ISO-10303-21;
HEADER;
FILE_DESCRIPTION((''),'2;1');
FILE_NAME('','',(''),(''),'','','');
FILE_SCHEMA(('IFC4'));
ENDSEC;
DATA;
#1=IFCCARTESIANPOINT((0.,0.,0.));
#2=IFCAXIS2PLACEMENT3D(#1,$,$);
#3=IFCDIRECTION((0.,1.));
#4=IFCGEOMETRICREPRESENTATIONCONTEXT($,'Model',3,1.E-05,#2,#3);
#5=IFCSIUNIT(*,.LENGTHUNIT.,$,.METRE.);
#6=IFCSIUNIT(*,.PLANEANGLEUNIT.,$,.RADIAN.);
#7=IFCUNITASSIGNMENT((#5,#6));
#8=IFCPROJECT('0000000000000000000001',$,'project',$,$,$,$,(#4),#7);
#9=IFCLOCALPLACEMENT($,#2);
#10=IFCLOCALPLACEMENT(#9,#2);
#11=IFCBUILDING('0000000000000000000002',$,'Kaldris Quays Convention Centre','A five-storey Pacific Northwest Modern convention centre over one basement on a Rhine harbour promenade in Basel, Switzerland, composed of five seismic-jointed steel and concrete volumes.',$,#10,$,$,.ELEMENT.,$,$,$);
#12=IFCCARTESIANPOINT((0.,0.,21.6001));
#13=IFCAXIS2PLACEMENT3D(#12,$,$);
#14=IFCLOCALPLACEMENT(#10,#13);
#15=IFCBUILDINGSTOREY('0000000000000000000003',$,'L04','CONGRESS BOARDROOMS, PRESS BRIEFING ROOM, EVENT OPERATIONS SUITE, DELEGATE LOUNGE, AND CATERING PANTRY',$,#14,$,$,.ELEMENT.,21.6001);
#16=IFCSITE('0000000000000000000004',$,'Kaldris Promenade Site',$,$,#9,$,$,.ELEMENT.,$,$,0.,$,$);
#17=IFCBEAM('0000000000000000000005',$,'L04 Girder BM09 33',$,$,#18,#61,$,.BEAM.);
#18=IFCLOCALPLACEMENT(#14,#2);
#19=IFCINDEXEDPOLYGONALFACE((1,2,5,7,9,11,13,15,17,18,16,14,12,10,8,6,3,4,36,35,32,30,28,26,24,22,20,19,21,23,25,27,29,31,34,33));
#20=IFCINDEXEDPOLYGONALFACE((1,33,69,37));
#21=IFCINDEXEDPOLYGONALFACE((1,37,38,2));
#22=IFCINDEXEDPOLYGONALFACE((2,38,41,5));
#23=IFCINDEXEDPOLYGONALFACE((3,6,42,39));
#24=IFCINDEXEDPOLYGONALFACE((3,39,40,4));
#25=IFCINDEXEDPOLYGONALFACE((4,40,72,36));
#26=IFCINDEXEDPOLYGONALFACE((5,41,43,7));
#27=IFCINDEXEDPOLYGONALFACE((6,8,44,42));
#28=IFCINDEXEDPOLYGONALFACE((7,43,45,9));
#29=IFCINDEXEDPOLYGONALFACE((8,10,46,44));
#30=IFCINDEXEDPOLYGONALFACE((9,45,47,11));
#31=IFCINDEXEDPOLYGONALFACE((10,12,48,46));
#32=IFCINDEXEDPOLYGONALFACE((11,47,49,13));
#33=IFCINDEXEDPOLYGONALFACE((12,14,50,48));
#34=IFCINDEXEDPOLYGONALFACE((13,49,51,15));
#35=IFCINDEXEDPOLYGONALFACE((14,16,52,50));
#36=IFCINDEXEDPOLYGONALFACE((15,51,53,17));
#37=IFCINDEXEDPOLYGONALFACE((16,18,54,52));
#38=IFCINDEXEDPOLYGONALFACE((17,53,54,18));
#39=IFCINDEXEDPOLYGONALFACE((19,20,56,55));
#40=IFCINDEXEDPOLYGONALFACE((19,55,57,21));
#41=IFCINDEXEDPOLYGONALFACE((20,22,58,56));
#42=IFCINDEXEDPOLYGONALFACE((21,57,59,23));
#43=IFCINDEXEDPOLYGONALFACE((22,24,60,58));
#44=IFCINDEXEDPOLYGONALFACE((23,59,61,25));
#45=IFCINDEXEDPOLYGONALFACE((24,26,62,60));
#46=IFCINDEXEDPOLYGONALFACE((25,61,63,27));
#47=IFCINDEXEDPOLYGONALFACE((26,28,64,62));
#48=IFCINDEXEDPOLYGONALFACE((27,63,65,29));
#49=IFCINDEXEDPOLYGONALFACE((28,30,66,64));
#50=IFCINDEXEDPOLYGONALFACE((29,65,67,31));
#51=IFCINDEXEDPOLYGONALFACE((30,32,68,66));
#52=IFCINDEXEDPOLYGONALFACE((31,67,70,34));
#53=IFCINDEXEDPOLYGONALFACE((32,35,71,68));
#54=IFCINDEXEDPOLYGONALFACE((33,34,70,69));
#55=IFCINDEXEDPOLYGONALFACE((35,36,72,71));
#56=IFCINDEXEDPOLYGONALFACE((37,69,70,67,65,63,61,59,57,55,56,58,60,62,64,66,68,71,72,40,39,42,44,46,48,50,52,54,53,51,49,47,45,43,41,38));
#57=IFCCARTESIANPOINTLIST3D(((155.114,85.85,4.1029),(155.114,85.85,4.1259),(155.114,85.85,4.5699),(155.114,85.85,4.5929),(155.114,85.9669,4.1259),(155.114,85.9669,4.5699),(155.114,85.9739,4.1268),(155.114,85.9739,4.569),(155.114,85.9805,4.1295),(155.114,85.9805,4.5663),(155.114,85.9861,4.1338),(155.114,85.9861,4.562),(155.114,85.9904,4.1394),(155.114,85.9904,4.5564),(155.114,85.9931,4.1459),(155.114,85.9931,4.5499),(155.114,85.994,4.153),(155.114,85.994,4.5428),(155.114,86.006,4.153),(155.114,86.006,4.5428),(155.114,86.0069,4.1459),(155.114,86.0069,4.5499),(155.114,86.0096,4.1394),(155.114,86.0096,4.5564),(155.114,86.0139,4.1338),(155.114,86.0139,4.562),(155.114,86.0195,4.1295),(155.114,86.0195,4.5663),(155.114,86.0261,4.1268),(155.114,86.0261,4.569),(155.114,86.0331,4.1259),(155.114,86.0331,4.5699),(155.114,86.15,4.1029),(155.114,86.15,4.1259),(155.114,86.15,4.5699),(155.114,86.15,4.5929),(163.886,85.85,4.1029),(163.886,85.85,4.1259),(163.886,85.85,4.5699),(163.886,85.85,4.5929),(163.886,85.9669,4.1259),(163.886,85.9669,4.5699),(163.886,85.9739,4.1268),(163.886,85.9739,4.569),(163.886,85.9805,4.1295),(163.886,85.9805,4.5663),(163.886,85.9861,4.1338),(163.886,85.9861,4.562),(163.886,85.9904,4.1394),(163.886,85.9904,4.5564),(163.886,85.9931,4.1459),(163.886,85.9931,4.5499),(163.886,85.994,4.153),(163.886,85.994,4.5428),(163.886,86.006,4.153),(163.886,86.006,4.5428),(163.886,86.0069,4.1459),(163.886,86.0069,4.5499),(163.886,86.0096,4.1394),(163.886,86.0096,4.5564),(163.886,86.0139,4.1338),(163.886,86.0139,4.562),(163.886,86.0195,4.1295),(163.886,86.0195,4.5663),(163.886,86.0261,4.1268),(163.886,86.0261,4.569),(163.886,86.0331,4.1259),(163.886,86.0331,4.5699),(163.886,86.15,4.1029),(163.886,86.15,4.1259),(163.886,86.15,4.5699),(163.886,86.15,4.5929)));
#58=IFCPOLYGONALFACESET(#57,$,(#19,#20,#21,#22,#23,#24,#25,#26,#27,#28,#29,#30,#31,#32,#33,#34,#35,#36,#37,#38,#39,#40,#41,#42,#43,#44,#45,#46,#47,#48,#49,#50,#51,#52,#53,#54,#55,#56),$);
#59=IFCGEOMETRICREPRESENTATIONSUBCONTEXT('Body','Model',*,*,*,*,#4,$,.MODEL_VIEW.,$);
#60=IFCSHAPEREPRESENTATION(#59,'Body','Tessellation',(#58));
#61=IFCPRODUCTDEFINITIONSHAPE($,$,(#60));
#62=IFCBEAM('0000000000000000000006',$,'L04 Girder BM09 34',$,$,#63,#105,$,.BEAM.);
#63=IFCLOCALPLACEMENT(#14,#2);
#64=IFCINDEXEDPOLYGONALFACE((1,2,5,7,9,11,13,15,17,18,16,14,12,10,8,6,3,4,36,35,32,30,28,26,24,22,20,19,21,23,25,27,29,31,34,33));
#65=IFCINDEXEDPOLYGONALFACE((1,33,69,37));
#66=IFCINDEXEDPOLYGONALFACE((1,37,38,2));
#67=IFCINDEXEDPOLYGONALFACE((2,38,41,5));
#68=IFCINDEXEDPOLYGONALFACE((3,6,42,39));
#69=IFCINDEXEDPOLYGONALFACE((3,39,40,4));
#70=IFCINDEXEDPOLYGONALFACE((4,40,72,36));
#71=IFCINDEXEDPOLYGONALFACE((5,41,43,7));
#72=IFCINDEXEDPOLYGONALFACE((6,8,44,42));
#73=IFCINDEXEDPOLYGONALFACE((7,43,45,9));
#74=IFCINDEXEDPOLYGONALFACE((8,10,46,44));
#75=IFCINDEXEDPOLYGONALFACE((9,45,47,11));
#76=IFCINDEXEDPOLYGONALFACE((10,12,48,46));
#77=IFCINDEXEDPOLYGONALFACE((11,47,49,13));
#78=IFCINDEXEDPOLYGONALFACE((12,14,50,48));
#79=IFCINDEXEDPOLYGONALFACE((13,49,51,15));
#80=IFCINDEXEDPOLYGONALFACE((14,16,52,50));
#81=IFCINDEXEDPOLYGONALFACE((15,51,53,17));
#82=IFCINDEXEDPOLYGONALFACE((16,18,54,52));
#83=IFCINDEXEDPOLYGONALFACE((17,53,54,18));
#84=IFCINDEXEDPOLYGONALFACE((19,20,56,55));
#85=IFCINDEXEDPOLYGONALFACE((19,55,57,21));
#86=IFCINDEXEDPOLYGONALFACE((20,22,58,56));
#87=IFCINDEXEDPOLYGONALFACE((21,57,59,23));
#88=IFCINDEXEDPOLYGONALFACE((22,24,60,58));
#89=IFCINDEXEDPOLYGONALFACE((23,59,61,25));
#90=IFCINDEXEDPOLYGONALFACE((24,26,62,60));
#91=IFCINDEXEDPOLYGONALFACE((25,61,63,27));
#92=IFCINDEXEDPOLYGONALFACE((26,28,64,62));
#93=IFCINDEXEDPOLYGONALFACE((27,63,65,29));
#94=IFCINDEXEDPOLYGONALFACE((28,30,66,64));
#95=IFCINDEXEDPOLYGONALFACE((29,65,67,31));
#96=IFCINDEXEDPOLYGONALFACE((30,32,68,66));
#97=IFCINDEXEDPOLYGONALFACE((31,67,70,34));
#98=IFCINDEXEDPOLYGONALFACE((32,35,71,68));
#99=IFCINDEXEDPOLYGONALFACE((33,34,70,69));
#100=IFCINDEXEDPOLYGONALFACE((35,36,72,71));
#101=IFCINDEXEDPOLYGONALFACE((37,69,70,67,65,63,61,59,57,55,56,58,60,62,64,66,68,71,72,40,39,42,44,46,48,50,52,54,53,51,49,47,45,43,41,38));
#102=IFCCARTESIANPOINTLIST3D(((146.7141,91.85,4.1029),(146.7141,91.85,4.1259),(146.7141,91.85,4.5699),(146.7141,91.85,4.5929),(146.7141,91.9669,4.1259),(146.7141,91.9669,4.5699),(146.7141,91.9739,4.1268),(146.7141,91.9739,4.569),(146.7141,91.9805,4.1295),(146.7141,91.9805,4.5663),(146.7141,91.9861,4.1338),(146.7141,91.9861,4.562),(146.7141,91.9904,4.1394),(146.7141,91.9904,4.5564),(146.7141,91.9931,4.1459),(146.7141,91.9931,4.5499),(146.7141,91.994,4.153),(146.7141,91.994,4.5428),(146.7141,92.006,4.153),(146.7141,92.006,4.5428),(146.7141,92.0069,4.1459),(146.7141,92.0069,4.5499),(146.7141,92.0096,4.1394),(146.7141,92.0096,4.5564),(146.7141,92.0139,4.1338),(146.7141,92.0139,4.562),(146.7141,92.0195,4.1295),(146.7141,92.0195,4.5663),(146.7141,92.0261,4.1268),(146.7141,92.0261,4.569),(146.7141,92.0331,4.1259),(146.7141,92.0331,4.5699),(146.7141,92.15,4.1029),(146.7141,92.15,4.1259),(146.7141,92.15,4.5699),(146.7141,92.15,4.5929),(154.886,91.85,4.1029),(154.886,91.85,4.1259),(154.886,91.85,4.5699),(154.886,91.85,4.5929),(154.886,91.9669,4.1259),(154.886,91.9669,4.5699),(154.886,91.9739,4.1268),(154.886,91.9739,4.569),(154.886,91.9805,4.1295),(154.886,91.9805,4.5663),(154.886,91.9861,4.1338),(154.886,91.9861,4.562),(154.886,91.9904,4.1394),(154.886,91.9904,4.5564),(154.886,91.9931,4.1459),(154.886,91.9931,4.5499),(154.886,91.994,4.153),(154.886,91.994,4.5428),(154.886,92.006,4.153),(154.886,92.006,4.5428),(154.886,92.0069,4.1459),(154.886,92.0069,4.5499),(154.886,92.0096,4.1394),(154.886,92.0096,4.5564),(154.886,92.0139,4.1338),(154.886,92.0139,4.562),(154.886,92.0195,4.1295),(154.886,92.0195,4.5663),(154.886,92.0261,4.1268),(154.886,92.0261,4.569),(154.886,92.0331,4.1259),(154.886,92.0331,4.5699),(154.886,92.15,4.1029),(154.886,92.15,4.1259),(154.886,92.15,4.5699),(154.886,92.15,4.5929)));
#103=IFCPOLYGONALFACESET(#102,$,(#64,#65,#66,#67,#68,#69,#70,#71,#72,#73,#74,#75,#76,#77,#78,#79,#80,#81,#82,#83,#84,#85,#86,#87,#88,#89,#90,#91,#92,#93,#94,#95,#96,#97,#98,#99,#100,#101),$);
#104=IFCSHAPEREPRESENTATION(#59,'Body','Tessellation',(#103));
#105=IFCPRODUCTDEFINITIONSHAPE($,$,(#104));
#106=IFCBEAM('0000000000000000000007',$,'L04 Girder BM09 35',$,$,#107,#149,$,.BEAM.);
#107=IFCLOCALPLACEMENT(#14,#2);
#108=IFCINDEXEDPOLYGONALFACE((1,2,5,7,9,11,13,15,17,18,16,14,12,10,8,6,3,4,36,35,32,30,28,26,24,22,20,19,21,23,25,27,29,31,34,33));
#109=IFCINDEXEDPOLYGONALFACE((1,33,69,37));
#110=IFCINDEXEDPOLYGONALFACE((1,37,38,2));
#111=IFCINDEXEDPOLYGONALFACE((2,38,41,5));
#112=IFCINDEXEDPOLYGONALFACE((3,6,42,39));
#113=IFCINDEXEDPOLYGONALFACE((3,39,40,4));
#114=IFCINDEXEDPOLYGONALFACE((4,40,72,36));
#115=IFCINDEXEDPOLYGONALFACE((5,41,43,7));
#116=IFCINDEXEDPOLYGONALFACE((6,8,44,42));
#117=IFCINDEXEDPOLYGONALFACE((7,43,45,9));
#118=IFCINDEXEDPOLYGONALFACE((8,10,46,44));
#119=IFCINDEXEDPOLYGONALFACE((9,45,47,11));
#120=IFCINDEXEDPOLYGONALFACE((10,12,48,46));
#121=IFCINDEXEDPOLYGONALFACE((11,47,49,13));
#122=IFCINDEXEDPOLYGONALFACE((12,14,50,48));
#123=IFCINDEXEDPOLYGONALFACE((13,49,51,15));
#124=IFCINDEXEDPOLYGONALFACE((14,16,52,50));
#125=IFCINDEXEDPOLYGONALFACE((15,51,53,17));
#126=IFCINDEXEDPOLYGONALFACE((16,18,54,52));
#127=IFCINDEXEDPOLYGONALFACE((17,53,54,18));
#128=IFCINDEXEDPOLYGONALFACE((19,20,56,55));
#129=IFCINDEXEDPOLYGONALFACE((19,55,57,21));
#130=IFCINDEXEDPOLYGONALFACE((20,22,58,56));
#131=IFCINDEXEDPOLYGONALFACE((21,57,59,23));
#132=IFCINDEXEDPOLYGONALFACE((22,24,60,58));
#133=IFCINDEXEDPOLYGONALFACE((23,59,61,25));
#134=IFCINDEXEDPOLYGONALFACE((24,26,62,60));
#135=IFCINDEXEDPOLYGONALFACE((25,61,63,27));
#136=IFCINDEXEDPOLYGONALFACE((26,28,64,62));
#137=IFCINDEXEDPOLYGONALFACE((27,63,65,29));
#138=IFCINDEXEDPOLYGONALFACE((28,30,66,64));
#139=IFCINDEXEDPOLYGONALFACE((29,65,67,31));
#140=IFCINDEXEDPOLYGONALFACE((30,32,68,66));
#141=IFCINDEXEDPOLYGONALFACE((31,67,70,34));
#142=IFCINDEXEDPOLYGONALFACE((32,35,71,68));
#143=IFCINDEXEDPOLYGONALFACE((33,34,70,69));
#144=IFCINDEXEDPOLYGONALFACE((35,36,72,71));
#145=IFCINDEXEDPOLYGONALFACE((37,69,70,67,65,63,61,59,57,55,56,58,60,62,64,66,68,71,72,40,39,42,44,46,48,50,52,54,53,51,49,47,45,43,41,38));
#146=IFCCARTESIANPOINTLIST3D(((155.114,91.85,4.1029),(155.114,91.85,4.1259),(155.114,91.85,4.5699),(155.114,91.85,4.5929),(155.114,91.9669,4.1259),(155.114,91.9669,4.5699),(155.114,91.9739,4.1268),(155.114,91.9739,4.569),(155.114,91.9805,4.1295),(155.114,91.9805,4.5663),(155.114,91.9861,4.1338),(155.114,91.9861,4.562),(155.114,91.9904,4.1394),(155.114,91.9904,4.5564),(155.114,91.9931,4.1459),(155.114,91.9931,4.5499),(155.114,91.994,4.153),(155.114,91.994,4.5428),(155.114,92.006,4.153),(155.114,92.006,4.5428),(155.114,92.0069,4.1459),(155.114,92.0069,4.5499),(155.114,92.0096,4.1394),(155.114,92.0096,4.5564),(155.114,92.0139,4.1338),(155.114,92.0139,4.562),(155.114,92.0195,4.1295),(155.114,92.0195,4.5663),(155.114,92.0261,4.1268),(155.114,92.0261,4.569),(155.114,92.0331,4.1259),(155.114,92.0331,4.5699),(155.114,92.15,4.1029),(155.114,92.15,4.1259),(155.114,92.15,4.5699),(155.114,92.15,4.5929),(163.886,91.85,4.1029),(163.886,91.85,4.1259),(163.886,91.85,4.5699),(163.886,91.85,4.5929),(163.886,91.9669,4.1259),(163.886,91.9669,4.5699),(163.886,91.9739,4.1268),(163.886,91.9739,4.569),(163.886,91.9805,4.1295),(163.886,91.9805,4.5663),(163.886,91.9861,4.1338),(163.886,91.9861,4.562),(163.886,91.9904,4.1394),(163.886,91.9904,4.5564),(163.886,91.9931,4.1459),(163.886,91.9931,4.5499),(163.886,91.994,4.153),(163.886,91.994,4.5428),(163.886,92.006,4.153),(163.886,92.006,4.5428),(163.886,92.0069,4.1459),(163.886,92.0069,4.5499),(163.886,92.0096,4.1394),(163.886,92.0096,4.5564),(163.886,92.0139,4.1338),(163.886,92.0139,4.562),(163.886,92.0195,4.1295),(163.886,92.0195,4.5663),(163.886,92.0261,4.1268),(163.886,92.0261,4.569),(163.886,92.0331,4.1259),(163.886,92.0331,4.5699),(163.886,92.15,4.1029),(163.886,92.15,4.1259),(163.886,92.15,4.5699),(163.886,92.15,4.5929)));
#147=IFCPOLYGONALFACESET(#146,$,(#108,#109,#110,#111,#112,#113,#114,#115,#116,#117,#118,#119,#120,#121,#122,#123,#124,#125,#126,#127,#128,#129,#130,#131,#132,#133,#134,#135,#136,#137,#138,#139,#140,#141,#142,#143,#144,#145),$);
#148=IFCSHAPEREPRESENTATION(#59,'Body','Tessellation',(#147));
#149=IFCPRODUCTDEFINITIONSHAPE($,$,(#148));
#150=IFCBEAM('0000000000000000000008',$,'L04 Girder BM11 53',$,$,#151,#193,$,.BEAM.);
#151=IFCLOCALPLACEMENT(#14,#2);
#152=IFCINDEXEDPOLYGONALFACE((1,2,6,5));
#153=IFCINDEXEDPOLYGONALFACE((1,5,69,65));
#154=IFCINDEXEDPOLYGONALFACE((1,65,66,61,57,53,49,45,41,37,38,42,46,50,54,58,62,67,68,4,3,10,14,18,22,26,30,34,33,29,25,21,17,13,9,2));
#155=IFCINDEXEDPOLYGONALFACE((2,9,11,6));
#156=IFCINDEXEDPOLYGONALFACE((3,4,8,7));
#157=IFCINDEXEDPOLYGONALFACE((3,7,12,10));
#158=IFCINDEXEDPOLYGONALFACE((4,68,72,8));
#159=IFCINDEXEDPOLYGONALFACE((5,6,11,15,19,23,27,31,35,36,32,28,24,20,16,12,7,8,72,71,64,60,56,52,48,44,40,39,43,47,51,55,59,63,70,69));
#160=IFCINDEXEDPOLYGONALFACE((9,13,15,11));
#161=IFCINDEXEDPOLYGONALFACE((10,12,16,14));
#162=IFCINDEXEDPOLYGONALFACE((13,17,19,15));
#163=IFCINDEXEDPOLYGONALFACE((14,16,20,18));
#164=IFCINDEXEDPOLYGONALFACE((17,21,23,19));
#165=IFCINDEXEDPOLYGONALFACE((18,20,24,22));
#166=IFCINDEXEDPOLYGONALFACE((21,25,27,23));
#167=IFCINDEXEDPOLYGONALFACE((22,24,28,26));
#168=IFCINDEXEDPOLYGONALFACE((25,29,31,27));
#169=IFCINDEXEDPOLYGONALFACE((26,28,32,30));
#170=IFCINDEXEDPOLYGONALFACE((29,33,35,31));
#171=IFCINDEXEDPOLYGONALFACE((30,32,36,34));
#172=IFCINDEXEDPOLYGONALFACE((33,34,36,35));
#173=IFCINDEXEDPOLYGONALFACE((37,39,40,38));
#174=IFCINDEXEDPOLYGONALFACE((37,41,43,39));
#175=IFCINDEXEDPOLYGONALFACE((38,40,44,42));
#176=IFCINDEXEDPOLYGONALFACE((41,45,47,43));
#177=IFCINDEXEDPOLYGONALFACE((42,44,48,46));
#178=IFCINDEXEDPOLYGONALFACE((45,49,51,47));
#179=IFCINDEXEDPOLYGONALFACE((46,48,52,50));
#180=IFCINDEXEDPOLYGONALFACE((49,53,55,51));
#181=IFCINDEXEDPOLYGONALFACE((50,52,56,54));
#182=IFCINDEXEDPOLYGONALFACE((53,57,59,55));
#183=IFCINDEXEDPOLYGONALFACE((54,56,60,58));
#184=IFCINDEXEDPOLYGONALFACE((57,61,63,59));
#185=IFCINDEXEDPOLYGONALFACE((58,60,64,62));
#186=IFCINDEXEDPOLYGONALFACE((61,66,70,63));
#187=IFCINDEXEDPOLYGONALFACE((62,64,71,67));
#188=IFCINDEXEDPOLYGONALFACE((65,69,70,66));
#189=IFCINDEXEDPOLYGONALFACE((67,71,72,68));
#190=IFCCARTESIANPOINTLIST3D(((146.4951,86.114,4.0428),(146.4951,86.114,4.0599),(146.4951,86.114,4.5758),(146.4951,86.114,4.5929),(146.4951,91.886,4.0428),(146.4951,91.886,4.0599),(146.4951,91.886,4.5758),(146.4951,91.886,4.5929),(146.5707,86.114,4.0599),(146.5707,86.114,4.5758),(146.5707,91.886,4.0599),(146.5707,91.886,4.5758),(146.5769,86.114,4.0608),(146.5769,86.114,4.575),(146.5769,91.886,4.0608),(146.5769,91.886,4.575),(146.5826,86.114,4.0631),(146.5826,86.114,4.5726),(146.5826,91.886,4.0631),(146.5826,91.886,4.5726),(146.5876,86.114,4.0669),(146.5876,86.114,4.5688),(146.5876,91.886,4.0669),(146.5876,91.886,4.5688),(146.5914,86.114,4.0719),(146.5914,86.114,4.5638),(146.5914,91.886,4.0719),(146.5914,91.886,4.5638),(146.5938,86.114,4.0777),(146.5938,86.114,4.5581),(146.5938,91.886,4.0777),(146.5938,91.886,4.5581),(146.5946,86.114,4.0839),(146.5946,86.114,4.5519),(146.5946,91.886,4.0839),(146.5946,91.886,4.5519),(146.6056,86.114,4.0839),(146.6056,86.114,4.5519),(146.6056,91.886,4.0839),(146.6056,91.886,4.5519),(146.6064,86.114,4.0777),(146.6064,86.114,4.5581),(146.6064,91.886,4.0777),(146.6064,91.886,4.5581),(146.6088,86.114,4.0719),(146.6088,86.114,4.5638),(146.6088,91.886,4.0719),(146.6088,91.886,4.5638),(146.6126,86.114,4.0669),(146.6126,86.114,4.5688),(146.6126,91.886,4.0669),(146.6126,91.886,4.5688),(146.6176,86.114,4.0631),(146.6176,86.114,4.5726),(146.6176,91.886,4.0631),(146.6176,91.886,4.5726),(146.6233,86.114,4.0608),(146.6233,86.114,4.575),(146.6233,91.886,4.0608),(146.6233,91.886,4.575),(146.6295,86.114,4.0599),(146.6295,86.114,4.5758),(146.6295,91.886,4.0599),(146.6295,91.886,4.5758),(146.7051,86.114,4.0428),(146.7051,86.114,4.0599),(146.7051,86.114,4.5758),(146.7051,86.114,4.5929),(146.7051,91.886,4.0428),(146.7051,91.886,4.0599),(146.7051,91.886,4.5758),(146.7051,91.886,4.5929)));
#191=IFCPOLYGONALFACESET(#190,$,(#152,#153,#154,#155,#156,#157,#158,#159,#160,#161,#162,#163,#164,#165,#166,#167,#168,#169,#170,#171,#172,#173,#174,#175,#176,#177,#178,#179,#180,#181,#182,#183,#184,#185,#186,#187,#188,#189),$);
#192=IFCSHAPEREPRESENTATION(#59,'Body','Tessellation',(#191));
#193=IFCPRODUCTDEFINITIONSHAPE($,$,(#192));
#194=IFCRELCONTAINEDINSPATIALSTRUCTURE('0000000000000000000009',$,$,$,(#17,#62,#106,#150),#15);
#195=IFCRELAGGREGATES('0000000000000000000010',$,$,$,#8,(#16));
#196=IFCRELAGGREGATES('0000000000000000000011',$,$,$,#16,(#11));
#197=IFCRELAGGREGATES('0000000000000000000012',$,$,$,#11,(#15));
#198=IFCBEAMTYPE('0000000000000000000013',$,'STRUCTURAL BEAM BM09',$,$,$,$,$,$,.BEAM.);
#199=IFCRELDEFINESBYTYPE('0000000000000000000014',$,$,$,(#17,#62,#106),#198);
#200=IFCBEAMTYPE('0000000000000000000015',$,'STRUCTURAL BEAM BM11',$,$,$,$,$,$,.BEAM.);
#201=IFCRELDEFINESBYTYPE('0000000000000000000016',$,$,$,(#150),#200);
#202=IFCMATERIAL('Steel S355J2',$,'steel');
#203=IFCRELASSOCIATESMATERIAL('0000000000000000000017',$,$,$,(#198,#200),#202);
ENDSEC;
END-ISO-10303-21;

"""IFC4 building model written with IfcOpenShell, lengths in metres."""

from ifc_helpers import new_model, si_unit, direction, frame, origin, origin_2d, place, context, subcontext, project, spatial, i_section, extrude, material, material_profile, profile_set, type_object, element, save


model = new_model("IFC4")

# Units and contexts
model_context = context("Model", 3, precision=1e-05, world=origin(), true_north=direction((0.0, 1.0)))
body_context = subcontext(model_context, "Body", "Model", "MODEL_VIEW")
ifc_project = project(units=[si_unit("LENGTHUNIT", "METRE"), si_unit("PLANEANGLEUNIT", "RADIAN")], contexts=[model_context])

# Site, building, storey
site_placement = place(None, origin())
site = spatial("IfcSite", under=ifc_project, at=site_placement, Name="Kaldris Promenade Site", CompositionType="ELEMENT", RefElevation=0.0)
building_placement = place(site_placement, origin())
building = spatial("IfcBuilding", under=site, at=building_placement, Name="Kaldris Quays Convention Centre", Description="A five-storey Pacific Northwest Modern convention centre over one basement on a Rhine harbour promenade in Basel, Switzerland, composed of five seismic-jointed steel and concrete volumes.", CompositionType="ELEMENT")
storey_placement = place(building_placement, frame((0.0, 0.0, 21.6001)))
storey = spatial("IfcBuildingStorey", under=building, at=storey_placement, Name="L04", Description="CONGRESS BOARDROOMS, PRESS BRIEFING ROOM, EVENT OPERATIONS SUITE, DELEGATE LOUNGE, AND CATERING PANTRY", CompositionType="ELEMENT", Elevation=21.6001)

# Shared definitions
ifc_material_1 = material(Name="Steel S355J2", Category="steel")

# Beams
ifc_material_profile_1 = material_profile(ifc_material_1, i_section(OverallWidth=0.3, OverallDepth=0.49, WebThickness=0.012, FlangeThickness=0.0229, FilletRadius=0.0271, at=origin_2d()), Name="HEA 500")
ifc_profile_set_1 = profile_set([ifc_material_profile_1], Name="Steel S355J2")
beam_type_1 = type_object("IfcBeamType", Name="STRUCTURAL BEAM BM09", PredefinedType="BEAM", material=ifc_profile_set_1)
beam_1_placement = place(storey_placement, frame((155.114, 86.0, 4.3479), z_axis=(1.0, 0.0, 0.0), x_axis=(0.0, 1.0, 0.0)))
element("IfcBeam", 1, at=beam_1_placement, inside=storey, type_object=beam_type_1, Name="L04 Girder BM09 33", PredefinedType="BEAM", context=body_context, shape_type="SweptSolid", body=[
    extrude(i_section(OverallWidth=0.3, OverallDepth=0.49, WebThickness=0.012, FlangeThickness=0.0229, FilletRadius=0.0271, at=origin_2d()), origin(), (0.0, 0.0, 1.0), 8.772),
])
beam_2_placement = place(storey_placement, frame((146.7141, 92.0, 4.3479), z_axis=(1.0, 0.0, 0.0), x_axis=(0.0, 1.0, 0.0)))
element("IfcBeam", 2, at=beam_2_placement, inside=storey, type_object=beam_type_1, Name="L04 Girder BM09 34", PredefinedType="BEAM", context=body_context, shape_type="SweptSolid", body=[
    extrude(i_section(OverallWidth=0.3, OverallDepth=0.49, WebThickness=0.012, FlangeThickness=0.0229, FilletRadius=0.0271, at=origin_2d()), origin(), (0.0, 0.0, 1.0), 8.1719),
])
beam_3_placement = place(storey_placement, frame((155.114, 92.0, 4.3479), z_axis=(1.0, 0.0, 0.0), x_axis=(0.0, 1.0, 0.0)))
element("IfcBeam", 3, at=beam_3_placement, inside=storey, type_object=beam_type_1, Name="L04 Girder BM09 35", PredefinedType="BEAM", context=body_context, shape_type="SweptSolid", body=[
    extrude(i_section(OverallWidth=0.3, OverallDepth=0.49, WebThickness=0.012, FlangeThickness=0.0229, FilletRadius=0.0271, at=origin_2d()), origin(), (0.0, 0.0, 1.0), 8.772),
])
ifc_material_profile_2 = material_profile(ifc_material_1, i_section(OverallWidth=0.21, OverallDepth=0.55, WebThickness=0.011, FlangeThickness=0.0171, FilletRadius=0.0239, at=origin_2d()), Name="IPE 550")
ifc_profile_set_2 = profile_set([ifc_material_profile_2], Name="Steel S355J2")
beam_type_2 = type_object("IfcBeamType", Name="STRUCTURAL BEAM BM11", PredefinedType="BEAM", material=ifc_profile_set_2)
for number, where, z_axis, x_axis, name in (
    (4, (146.6001, 86.114, 4.3179), (0.0, 1.0, 0.0), (-1.0, 0.0, 0.0), "L04 Girder BM11 53"),
):
    element("IfcBeam", number, at=place(storey_placement, frame(where, z_axis=z_axis, x_axis=x_axis)), inside=storey, type_object=beam_type_2, Name=name, PredefinedType="BEAM", context=body_context, shape_type="SweptSolid", body=[
        extrude(i_section(OverallWidth=0.21, OverallDepth=0.55, WebThickness=0.011, FlangeThickness=0.0171, FilletRadius=0.0239, at=origin_2d()), origin(), (0.0, 0.0, 1.0), 5.772),
    ])

save(model, "model.ifc")
